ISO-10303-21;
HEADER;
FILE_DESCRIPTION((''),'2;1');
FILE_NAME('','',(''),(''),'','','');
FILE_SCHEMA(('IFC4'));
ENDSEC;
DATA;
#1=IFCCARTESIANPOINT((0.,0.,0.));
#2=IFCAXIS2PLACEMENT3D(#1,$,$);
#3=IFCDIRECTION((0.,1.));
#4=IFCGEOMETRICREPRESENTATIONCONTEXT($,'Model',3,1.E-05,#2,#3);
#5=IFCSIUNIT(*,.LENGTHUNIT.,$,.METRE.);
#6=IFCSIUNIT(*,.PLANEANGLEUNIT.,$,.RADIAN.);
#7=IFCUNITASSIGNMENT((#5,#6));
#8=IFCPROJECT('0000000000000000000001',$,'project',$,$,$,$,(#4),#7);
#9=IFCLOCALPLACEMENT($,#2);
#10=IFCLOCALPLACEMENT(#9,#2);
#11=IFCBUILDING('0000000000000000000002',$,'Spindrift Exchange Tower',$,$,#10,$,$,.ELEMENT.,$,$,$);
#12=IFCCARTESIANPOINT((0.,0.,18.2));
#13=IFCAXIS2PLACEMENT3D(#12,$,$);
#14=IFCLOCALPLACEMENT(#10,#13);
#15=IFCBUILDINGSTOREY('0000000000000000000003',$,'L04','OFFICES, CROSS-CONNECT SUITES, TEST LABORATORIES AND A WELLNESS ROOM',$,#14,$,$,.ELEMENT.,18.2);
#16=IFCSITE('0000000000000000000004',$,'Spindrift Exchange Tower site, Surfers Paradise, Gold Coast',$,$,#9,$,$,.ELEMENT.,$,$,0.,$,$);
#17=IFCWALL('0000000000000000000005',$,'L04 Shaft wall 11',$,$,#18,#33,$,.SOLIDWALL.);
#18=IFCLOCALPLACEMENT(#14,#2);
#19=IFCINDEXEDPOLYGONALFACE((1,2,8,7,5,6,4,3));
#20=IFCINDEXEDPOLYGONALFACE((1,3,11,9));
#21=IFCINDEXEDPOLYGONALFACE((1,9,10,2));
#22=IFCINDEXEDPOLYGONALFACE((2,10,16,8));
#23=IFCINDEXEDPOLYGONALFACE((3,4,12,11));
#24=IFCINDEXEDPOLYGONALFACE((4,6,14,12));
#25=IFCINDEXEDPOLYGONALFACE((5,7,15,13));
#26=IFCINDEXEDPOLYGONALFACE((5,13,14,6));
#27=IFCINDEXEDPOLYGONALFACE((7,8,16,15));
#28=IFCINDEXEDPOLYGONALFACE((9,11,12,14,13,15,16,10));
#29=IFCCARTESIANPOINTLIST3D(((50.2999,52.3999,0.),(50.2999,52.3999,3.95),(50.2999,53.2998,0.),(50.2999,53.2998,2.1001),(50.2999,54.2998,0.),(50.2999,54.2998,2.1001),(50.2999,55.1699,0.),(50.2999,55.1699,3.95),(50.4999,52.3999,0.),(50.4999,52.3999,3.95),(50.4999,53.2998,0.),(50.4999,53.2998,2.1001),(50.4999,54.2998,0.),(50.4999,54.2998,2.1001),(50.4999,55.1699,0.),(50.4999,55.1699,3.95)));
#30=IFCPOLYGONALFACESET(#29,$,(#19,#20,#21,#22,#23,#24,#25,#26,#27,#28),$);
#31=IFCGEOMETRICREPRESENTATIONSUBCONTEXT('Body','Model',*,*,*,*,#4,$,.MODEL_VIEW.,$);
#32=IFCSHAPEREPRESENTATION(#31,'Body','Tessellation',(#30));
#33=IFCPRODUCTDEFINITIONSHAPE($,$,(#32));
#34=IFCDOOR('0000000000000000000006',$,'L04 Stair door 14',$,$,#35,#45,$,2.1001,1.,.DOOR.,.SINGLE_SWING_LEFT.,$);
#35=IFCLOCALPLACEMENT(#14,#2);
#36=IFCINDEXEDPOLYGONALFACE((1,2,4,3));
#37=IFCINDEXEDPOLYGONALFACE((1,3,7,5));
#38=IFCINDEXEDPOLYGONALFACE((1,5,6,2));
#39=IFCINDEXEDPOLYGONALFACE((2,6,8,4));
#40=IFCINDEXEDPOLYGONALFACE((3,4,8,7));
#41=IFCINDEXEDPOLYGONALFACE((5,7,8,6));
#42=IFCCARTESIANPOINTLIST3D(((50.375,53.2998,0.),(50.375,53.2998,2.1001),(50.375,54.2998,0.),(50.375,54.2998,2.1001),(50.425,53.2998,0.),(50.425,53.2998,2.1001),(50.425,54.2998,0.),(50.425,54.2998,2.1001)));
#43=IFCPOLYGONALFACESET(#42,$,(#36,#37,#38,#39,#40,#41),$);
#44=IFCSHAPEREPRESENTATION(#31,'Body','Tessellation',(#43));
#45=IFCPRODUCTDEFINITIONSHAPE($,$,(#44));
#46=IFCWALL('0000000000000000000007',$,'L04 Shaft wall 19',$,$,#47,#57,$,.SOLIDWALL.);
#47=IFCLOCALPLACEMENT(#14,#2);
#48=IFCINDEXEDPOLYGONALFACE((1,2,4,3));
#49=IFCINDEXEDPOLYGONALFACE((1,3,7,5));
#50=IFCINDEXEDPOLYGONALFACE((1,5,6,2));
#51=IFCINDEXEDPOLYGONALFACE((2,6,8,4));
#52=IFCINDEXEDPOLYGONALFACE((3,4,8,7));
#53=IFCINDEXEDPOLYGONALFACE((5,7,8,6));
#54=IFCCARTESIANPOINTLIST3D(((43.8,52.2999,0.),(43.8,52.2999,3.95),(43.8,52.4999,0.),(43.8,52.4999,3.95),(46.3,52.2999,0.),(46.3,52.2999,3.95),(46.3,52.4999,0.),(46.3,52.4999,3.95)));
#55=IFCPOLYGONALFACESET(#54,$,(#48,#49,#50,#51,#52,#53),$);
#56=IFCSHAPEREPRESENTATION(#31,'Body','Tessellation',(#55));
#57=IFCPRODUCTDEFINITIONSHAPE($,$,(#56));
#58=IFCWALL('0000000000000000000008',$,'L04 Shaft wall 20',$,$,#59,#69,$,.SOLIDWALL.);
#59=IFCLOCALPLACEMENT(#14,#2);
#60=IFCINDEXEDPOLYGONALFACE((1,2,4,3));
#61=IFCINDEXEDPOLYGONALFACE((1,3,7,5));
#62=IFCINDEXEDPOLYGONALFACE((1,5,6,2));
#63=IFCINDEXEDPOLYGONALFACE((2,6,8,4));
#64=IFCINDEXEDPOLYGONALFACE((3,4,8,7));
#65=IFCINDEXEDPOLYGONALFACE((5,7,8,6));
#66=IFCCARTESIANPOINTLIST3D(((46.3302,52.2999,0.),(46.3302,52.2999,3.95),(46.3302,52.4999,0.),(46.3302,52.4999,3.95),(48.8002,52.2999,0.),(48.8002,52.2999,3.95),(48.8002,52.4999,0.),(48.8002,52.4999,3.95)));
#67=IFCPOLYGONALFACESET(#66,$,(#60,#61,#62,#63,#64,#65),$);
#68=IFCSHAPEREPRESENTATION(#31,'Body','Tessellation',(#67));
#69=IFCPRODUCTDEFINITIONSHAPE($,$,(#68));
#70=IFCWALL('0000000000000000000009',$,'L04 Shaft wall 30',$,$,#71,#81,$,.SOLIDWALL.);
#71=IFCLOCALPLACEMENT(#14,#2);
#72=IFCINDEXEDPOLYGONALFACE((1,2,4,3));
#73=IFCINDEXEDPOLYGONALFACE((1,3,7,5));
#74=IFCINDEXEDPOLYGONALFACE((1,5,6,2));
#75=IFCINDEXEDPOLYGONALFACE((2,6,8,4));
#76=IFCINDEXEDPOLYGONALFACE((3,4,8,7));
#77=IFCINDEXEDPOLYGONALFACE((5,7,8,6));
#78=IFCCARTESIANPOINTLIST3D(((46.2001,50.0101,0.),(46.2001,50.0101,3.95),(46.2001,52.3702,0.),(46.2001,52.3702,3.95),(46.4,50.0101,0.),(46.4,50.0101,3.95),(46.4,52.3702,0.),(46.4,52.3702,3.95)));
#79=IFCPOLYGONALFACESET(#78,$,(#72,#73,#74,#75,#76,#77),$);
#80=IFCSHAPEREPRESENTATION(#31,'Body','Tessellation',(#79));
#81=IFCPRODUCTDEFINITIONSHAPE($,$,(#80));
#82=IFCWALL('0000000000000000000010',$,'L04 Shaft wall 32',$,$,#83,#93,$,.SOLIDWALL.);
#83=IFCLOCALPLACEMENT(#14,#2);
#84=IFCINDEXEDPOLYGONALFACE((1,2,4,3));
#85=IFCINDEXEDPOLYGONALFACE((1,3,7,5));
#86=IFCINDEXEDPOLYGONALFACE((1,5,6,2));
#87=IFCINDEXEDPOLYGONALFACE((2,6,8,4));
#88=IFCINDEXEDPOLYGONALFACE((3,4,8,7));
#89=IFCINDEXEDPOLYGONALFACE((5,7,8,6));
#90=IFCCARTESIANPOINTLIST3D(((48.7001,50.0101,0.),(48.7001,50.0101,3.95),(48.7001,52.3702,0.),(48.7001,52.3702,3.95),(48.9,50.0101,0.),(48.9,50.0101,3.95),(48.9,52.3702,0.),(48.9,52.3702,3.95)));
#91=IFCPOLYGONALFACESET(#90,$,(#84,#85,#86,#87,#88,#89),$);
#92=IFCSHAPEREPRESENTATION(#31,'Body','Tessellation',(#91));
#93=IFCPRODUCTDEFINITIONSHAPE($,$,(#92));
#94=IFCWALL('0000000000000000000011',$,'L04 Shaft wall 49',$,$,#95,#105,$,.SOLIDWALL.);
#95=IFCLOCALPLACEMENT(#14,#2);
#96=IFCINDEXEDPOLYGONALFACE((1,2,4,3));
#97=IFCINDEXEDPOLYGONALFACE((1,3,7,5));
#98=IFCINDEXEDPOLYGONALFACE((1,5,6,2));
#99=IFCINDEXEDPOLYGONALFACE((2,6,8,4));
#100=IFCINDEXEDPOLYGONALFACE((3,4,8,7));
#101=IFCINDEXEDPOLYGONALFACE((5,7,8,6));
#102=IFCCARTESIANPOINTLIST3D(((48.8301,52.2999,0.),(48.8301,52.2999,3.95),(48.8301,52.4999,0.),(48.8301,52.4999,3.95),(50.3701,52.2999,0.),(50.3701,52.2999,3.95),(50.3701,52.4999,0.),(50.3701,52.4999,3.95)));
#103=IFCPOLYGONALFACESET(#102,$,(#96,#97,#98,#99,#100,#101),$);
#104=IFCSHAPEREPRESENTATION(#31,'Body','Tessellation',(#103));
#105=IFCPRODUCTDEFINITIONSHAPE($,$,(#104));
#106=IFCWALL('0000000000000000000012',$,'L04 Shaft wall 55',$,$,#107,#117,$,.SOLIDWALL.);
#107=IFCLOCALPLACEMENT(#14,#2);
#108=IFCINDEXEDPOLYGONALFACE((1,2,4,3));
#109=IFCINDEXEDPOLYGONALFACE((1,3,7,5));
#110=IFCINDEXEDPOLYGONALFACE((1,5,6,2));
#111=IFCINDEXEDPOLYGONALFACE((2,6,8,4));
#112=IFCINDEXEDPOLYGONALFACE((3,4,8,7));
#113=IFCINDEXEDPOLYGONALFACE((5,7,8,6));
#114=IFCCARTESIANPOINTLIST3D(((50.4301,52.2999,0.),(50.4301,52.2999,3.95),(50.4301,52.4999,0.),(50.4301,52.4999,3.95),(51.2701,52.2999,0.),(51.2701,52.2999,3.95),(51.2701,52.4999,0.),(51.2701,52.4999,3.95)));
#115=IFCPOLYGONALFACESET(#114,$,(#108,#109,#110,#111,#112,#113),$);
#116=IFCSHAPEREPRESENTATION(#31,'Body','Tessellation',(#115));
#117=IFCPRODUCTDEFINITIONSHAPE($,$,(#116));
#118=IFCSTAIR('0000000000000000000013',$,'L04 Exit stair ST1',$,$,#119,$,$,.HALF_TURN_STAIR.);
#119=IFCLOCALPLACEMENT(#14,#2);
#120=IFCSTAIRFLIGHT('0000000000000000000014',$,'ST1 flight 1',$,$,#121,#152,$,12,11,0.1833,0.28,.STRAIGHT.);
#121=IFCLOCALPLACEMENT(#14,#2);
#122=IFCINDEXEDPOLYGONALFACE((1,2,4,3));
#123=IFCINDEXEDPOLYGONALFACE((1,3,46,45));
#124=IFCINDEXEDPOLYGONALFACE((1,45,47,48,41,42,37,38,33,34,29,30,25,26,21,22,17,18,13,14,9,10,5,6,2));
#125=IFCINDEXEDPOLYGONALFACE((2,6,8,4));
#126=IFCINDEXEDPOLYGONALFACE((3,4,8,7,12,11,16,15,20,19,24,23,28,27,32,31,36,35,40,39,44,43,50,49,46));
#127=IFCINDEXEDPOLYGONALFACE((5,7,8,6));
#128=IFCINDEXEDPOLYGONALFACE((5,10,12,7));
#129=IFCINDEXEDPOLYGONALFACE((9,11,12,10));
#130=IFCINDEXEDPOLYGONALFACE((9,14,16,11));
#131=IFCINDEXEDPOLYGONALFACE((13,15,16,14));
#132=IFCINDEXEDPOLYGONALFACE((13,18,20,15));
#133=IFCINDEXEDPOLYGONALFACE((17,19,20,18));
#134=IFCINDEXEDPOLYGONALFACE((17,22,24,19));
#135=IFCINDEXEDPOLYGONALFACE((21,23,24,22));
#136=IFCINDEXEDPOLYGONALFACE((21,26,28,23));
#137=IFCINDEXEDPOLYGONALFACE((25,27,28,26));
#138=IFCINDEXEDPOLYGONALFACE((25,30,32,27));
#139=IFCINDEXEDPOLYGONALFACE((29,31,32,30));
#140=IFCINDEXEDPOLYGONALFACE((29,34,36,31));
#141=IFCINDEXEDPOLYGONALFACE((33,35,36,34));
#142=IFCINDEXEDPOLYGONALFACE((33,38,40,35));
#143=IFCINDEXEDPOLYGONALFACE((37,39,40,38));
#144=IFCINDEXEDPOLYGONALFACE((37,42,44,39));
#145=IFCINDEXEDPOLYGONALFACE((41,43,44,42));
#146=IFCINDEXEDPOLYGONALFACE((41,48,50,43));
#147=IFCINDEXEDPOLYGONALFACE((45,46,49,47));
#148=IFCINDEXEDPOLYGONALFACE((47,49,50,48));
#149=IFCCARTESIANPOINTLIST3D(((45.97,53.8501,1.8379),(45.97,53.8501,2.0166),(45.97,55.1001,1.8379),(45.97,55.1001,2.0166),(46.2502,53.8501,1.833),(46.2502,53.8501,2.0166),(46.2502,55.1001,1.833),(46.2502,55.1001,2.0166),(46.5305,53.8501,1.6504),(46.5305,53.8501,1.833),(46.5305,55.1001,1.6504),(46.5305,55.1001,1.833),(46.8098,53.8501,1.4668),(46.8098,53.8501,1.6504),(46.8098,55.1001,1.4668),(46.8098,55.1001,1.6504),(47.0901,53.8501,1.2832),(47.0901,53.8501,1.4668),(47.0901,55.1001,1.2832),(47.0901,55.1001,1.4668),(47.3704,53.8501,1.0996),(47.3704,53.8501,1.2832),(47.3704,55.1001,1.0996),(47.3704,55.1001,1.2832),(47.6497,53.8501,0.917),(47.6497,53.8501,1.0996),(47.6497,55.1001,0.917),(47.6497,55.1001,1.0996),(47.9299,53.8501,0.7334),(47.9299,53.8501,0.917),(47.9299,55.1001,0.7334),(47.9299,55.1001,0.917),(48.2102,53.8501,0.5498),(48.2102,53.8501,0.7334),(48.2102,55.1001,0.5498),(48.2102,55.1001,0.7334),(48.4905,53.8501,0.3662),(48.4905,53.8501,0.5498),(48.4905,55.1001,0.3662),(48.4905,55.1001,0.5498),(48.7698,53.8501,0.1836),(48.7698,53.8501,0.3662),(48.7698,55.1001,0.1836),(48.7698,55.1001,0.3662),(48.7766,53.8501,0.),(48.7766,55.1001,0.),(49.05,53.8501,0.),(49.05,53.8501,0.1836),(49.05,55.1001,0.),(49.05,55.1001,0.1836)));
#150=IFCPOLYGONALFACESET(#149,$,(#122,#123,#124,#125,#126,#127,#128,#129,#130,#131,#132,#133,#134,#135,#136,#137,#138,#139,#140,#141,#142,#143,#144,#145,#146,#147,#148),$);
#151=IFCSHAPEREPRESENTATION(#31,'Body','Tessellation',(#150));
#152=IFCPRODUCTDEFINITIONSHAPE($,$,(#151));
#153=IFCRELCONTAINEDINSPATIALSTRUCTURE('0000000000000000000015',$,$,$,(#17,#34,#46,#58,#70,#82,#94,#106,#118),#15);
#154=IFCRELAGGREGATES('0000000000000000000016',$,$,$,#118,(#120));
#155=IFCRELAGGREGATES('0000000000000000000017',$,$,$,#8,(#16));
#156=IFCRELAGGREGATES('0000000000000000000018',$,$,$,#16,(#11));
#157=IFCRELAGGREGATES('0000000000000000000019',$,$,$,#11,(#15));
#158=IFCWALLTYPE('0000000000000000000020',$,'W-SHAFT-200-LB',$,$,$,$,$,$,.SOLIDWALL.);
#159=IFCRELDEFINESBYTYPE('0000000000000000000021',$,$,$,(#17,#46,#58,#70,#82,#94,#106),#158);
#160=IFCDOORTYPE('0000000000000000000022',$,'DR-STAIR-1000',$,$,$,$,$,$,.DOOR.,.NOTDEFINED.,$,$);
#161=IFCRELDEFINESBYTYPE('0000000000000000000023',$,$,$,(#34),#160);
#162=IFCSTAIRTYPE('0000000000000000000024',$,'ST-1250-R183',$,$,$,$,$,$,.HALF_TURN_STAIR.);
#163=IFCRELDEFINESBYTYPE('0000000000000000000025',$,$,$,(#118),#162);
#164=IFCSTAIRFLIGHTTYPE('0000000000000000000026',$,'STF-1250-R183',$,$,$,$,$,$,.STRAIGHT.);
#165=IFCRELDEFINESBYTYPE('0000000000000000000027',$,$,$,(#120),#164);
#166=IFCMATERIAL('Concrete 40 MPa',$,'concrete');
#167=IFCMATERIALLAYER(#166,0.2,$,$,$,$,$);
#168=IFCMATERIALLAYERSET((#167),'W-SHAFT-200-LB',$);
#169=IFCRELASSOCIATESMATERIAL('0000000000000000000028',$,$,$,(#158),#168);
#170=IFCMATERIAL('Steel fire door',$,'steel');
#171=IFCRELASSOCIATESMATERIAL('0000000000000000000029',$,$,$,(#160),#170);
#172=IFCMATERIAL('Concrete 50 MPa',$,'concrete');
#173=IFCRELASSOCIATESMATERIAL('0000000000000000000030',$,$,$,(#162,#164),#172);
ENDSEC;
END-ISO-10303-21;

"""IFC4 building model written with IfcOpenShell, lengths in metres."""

from ifc_helpers import new_model, si_unit, direction, frame, frame_2d, origin, place, context, subcontext, project, spatial, line, indexed_curve, rectangle, outline, extrude, source, transform, mapped, material, layer, layer_set, type_object, element, fill, aggregate, save


model = new_model("IFC4")

# Units and contexts
model_context = context("Model", 3, precision=1e-05, world=origin(), true_north=direction((0.0, 1.0)))
body_context = subcontext(model_context, "Body", "Model", "MODEL_VIEW")
ifc_project = project(units=[si_unit("LENGTHUNIT", "METRE"), si_unit("PLANEANGLEUNIT", "RADIAN")], contexts=[model_context])

# Site, building, storey
site_placement = place(None, origin())
site = spatial("IfcSite", under=ifc_project, at=site_placement, Name="Spindrift Exchange Tower site, Surfers Paradise, Gold Coast", CompositionType="ELEMENT", RefElevation=0.0)
building_placement = place(site_placement, origin())
building = spatial("IfcBuilding", under=site, at=building_placement, Name="Spindrift Exchange Tower", CompositionType="ELEMENT")
storey_placement = place(building_placement, frame((0.0, 0.0, 18.2)))
storey = spatial("IfcBuildingStorey", under=building, at=storey_placement, Name="L04", Description="OFFICES, CROSS-CONNECT SUITES, TEST LABORATORIES AND A WELLNESS ROOM", CompositionType="ELEMENT", Elevation=18.2)

# Shared definitions
ifc_material_1 = material(Name="Concrete 40 MPa", Category="concrete")

# Wall, opening, door
ifc_layer_1 = layer(ifc_material_1, 0.2)
ifc_layer_set_1 = layer_set([ifc_layer_1], Name="W-SHAFT-200-LB")
wall_type_1 = type_object("IfcWallType", Name="W-SHAFT-200-LB", PredefinedType="SOLIDWALL", material=ifc_layer_set_1)
ifc_material_2 = material(Name="Steel fire door", Category="steel")
wall_1_placement = place(storey_placement, frame((50.3999, 52.3999, 0.0), z_axis=(0.0, 0.0, 1.0), x_axis=(0.0, 1.0, 0.0)))
wall_1 = element("IfcWall", 1, at=wall_1_placement, inside=storey, type_object=wall_type_1, Name="L04 Shaft wall 11", PredefinedType="SOLIDWALL", context=body_context, shape_type="SweptSolid", body=[
    extrude(rectangle(XDim=2.77, YDim=0.2, at=frame_2d((1.385, 0.0))), origin(), (0.0, 0.0, 1.0), 3.95),
])
opening_1_placement = place(wall_1_placement, frame((0.8999, 0.0, 0.0)))
opening_1 = element("IfcOpeningElement", 2, at=opening_1_placement, cuts=wall_1, PredefinedType="OPENING", context=body_context, shape_type="SweptSolid", body=[
    extrude(rectangle(XDim=1.0, YDim=2.1001, at=frame_2d((0.5, 1.05))), frame((0.0, 0.1099, 0.0), z_axis=(0.0, -1.0, 0.0), x_axis=(1.0, 0.0, 0.0)), (0.0, 0.0, 1.0), 0.22),
])
door_type_1 = type_object("IfcDoorType", Name="DR-STAIR-1000", OperationType="NOTDEFINED", PredefinedType="DOOR", material=ifc_material_2)
shared_shape_1 = source(origin(), body_context, "Body", "SweptSolid", [
    extrude(rectangle(XDim=1.0, YDim=2.1001, at=frame_2d((0.5, 1.05))), frame((0.0, 0.0249, 0.0), z_axis=(0.0, -1.0, 0.0), x_axis=(1.0, 0.0, 0.0)), (0.0, 0.0, 1.0), 0.05),
])
door_1_placement = place(opening_1_placement, origin())
door_1 = element("IfcDoor", 3, at=door_1_placement, inside=storey, type_object=door_type_1, Name="L04 Stair door 14", OperationType="SINGLE_SWING_LEFT", OverallHeight=2.1001, OverallWidth=1.0, PredefinedType="DOOR", context=body_context, shape_type="MappedRepresentation", body=[
    mapped(shared_shape_1, transform((0.0, 0.0, 0.0), scale=1.0)),
])
fill(opening_1, door_1)

# Walls
wall_2_placement = place(storey_placement, frame((46.3, 52.3999, 0.0), z_axis=(0.0, 0.0, 1.0), x_axis=(-1.0, 0.0, 0.0)))
element("IfcWall", 4, at=wall_2_placement, inside=storey, type_object=wall_type_1, Name="L04 Shaft wall 19", PredefinedType="SOLIDWALL", context=body_context, shape_type="SweptSolid", body=[
    extrude(rectangle(XDim=2.5, YDim=0.2, at=frame_2d((1.25, 0.0))), origin(), (0.0, 0.0, 1.0), 3.95),
])
wall_3_placement = place(storey_placement, frame((48.8, 52.3999, 0.0), z_axis=(0.0, 0.0, 1.0), x_axis=(-1.0, 0.0, 0.0)))
element("IfcWall", 5, at=wall_3_placement, inside=storey, type_object=wall_type_1, Name="L04 Shaft wall 20", PredefinedType="SOLIDWALL", context=body_context, shape_type="SweptSolid", body=[
    extrude(rectangle(XDim=2.47, YDim=0.2, at=frame_2d((1.2349, 0.0))), origin(), (0.0, 0.0, 1.0), 3.95),
])
for number, where, z_axis, x_axis, name in (
    (6, (46.3, 50.01, 0.0), (0.0, 0.0, 1.0), (0.0, 1.0, 0.0), "L04 Shaft wall 30"),
    (7, (48.8, 50.01, 0.0), (0.0, 0.0, 1.0), (0.0, 1.0, 0.0), "L04 Shaft wall 32"),
):
    element("IfcWall", number, at=place(storey_placement, frame(where, z_axis=z_axis, x_axis=x_axis)), inside=storey, type_object=wall_type_1, Name=name, PredefinedType="SOLIDWALL", context=body_context, shape_type="SweptSolid", body=[
        extrude(rectangle(XDim=2.3601, YDim=0.2, at=frame_2d((1.1802, 0.0))), origin(), (0.0, 0.0, 1.0), 3.95),
    ])
wall_4_placement = place(storey_placement, frame((50.3701, 52.3999, 0.0), z_axis=(0.0, 0.0, 1.0), x_axis=(-1.0, 0.0, 0.0)))
element("IfcWall", 8, at=wall_4_placement, inside=storey, type_object=wall_type_1, Name="L04 Shaft wall 49", PredefinedType="SOLIDWALL", context=body_context, shape_type="SweptSolid", body=[
    extrude(rectangle(XDim=1.54, YDim=0.2, at=frame_2d((0.77, 0.0))), origin(), (0.0, 0.0, 1.0), 3.95),
])
wall_5_placement = place(storey_placement, frame((51.27, 52.3999, 0.0), z_axis=(0.0, 0.0, 1.0), x_axis=(-1.0, 0.0, 0.0)))
element("IfcWall", 9, at=wall_5_placement, inside=storey, type_object=wall_type_1, Name="L04 Shaft wall 55", PredefinedType="SOLIDWALL", context=body_context, shape_type="SweptSolid", body=[
    extrude(rectangle(XDim=0.8401, YDim=0.2, at=frame_2d((0.4199, 0.0))), origin(), (0.0, 0.0, 1.0), 3.95),
])

# Stair, stair flight
ifc_material_3 = material(Name="Concrete 50 MPa", Category="concrete")
stair_type = type_object("IfcStairType", Name="ST-1250-R183", PredefinedType="HALF_TURN_STAIR", material=ifc_material_3)
stair_placement = place(storey_placement, origin())
stair = element("IfcStair", 10, at=stair_placement, inside=storey, type_object=stair_type, Name="L04 Exit stair ST1", PredefinedType="HALF_TURN_STAIR")
stair_flight_type = type_object("IfcStairFlightType", Name="STF-1250-R183", PredefinedType="STRAIGHT", material=ifc_material_3)
stair_flight_placement = place(storey_placement, frame((49.05, 54.4751, 0.0), z_axis=(0.0, 0.0, 1.0), x_axis=(-1.0, 0.0, 0.0)))
stair_flight = element("IfcStairFlight", 11, at=stair_flight_placement, type_object=stair_flight_type, Name="ST1 flight 1", NumberOfRisers=12, NumberOfTreads=11, PredefinedType="STRAIGHT", RiserHeight=0.1833, TreadLength=0.28, context=body_context, shape_type="SweptSolid", body=[
    extrude(outline(indexed_curve([(0.0, 0.0), (0.0, 0.1836), (0.2803, 0.1836), (0.2803, 0.3662), (0.5596, 0.3662), (0.5596, 0.5498), (0.8398, 0.5498), (0.8398, 0.7334), (1.1201, 0.7334), (1.1201, 0.917), (1.4004, 0.917), (1.4004, 1.0996), (1.6797, 1.0996), (1.6797, 1.2832), (1.96, 1.2832), (1.96, 1.4668), (2.2402, 1.4668), (2.2402, 1.6504), (2.5195, 1.6504), (2.5195, 1.833), (2.7998, 1.833), (2.7998, 2.0166), (3.0801, 2.0166), (3.0801, 2.2002), (3.0801, 1.8379), (0.2734, 0.0)], segments=[line(1, 2, 3, 4, 5, 6, 7, 8, 9, 10, 11, 12, 13, 14, 15, 16, 17, 18, 19, 20, 21, 22, 23, 24, 25, 26, 1)], self_intersect=False)), frame((0.0, 0.625, 0.0), z_axis=(0.0, -1.0, 0.0), x_axis=(1.0, 0.0, 0.0)), (0.0, 0.0, 1.0), 1.25),
])
aggregate(stair, [stair_flight])

save(model, "model.ifc")
